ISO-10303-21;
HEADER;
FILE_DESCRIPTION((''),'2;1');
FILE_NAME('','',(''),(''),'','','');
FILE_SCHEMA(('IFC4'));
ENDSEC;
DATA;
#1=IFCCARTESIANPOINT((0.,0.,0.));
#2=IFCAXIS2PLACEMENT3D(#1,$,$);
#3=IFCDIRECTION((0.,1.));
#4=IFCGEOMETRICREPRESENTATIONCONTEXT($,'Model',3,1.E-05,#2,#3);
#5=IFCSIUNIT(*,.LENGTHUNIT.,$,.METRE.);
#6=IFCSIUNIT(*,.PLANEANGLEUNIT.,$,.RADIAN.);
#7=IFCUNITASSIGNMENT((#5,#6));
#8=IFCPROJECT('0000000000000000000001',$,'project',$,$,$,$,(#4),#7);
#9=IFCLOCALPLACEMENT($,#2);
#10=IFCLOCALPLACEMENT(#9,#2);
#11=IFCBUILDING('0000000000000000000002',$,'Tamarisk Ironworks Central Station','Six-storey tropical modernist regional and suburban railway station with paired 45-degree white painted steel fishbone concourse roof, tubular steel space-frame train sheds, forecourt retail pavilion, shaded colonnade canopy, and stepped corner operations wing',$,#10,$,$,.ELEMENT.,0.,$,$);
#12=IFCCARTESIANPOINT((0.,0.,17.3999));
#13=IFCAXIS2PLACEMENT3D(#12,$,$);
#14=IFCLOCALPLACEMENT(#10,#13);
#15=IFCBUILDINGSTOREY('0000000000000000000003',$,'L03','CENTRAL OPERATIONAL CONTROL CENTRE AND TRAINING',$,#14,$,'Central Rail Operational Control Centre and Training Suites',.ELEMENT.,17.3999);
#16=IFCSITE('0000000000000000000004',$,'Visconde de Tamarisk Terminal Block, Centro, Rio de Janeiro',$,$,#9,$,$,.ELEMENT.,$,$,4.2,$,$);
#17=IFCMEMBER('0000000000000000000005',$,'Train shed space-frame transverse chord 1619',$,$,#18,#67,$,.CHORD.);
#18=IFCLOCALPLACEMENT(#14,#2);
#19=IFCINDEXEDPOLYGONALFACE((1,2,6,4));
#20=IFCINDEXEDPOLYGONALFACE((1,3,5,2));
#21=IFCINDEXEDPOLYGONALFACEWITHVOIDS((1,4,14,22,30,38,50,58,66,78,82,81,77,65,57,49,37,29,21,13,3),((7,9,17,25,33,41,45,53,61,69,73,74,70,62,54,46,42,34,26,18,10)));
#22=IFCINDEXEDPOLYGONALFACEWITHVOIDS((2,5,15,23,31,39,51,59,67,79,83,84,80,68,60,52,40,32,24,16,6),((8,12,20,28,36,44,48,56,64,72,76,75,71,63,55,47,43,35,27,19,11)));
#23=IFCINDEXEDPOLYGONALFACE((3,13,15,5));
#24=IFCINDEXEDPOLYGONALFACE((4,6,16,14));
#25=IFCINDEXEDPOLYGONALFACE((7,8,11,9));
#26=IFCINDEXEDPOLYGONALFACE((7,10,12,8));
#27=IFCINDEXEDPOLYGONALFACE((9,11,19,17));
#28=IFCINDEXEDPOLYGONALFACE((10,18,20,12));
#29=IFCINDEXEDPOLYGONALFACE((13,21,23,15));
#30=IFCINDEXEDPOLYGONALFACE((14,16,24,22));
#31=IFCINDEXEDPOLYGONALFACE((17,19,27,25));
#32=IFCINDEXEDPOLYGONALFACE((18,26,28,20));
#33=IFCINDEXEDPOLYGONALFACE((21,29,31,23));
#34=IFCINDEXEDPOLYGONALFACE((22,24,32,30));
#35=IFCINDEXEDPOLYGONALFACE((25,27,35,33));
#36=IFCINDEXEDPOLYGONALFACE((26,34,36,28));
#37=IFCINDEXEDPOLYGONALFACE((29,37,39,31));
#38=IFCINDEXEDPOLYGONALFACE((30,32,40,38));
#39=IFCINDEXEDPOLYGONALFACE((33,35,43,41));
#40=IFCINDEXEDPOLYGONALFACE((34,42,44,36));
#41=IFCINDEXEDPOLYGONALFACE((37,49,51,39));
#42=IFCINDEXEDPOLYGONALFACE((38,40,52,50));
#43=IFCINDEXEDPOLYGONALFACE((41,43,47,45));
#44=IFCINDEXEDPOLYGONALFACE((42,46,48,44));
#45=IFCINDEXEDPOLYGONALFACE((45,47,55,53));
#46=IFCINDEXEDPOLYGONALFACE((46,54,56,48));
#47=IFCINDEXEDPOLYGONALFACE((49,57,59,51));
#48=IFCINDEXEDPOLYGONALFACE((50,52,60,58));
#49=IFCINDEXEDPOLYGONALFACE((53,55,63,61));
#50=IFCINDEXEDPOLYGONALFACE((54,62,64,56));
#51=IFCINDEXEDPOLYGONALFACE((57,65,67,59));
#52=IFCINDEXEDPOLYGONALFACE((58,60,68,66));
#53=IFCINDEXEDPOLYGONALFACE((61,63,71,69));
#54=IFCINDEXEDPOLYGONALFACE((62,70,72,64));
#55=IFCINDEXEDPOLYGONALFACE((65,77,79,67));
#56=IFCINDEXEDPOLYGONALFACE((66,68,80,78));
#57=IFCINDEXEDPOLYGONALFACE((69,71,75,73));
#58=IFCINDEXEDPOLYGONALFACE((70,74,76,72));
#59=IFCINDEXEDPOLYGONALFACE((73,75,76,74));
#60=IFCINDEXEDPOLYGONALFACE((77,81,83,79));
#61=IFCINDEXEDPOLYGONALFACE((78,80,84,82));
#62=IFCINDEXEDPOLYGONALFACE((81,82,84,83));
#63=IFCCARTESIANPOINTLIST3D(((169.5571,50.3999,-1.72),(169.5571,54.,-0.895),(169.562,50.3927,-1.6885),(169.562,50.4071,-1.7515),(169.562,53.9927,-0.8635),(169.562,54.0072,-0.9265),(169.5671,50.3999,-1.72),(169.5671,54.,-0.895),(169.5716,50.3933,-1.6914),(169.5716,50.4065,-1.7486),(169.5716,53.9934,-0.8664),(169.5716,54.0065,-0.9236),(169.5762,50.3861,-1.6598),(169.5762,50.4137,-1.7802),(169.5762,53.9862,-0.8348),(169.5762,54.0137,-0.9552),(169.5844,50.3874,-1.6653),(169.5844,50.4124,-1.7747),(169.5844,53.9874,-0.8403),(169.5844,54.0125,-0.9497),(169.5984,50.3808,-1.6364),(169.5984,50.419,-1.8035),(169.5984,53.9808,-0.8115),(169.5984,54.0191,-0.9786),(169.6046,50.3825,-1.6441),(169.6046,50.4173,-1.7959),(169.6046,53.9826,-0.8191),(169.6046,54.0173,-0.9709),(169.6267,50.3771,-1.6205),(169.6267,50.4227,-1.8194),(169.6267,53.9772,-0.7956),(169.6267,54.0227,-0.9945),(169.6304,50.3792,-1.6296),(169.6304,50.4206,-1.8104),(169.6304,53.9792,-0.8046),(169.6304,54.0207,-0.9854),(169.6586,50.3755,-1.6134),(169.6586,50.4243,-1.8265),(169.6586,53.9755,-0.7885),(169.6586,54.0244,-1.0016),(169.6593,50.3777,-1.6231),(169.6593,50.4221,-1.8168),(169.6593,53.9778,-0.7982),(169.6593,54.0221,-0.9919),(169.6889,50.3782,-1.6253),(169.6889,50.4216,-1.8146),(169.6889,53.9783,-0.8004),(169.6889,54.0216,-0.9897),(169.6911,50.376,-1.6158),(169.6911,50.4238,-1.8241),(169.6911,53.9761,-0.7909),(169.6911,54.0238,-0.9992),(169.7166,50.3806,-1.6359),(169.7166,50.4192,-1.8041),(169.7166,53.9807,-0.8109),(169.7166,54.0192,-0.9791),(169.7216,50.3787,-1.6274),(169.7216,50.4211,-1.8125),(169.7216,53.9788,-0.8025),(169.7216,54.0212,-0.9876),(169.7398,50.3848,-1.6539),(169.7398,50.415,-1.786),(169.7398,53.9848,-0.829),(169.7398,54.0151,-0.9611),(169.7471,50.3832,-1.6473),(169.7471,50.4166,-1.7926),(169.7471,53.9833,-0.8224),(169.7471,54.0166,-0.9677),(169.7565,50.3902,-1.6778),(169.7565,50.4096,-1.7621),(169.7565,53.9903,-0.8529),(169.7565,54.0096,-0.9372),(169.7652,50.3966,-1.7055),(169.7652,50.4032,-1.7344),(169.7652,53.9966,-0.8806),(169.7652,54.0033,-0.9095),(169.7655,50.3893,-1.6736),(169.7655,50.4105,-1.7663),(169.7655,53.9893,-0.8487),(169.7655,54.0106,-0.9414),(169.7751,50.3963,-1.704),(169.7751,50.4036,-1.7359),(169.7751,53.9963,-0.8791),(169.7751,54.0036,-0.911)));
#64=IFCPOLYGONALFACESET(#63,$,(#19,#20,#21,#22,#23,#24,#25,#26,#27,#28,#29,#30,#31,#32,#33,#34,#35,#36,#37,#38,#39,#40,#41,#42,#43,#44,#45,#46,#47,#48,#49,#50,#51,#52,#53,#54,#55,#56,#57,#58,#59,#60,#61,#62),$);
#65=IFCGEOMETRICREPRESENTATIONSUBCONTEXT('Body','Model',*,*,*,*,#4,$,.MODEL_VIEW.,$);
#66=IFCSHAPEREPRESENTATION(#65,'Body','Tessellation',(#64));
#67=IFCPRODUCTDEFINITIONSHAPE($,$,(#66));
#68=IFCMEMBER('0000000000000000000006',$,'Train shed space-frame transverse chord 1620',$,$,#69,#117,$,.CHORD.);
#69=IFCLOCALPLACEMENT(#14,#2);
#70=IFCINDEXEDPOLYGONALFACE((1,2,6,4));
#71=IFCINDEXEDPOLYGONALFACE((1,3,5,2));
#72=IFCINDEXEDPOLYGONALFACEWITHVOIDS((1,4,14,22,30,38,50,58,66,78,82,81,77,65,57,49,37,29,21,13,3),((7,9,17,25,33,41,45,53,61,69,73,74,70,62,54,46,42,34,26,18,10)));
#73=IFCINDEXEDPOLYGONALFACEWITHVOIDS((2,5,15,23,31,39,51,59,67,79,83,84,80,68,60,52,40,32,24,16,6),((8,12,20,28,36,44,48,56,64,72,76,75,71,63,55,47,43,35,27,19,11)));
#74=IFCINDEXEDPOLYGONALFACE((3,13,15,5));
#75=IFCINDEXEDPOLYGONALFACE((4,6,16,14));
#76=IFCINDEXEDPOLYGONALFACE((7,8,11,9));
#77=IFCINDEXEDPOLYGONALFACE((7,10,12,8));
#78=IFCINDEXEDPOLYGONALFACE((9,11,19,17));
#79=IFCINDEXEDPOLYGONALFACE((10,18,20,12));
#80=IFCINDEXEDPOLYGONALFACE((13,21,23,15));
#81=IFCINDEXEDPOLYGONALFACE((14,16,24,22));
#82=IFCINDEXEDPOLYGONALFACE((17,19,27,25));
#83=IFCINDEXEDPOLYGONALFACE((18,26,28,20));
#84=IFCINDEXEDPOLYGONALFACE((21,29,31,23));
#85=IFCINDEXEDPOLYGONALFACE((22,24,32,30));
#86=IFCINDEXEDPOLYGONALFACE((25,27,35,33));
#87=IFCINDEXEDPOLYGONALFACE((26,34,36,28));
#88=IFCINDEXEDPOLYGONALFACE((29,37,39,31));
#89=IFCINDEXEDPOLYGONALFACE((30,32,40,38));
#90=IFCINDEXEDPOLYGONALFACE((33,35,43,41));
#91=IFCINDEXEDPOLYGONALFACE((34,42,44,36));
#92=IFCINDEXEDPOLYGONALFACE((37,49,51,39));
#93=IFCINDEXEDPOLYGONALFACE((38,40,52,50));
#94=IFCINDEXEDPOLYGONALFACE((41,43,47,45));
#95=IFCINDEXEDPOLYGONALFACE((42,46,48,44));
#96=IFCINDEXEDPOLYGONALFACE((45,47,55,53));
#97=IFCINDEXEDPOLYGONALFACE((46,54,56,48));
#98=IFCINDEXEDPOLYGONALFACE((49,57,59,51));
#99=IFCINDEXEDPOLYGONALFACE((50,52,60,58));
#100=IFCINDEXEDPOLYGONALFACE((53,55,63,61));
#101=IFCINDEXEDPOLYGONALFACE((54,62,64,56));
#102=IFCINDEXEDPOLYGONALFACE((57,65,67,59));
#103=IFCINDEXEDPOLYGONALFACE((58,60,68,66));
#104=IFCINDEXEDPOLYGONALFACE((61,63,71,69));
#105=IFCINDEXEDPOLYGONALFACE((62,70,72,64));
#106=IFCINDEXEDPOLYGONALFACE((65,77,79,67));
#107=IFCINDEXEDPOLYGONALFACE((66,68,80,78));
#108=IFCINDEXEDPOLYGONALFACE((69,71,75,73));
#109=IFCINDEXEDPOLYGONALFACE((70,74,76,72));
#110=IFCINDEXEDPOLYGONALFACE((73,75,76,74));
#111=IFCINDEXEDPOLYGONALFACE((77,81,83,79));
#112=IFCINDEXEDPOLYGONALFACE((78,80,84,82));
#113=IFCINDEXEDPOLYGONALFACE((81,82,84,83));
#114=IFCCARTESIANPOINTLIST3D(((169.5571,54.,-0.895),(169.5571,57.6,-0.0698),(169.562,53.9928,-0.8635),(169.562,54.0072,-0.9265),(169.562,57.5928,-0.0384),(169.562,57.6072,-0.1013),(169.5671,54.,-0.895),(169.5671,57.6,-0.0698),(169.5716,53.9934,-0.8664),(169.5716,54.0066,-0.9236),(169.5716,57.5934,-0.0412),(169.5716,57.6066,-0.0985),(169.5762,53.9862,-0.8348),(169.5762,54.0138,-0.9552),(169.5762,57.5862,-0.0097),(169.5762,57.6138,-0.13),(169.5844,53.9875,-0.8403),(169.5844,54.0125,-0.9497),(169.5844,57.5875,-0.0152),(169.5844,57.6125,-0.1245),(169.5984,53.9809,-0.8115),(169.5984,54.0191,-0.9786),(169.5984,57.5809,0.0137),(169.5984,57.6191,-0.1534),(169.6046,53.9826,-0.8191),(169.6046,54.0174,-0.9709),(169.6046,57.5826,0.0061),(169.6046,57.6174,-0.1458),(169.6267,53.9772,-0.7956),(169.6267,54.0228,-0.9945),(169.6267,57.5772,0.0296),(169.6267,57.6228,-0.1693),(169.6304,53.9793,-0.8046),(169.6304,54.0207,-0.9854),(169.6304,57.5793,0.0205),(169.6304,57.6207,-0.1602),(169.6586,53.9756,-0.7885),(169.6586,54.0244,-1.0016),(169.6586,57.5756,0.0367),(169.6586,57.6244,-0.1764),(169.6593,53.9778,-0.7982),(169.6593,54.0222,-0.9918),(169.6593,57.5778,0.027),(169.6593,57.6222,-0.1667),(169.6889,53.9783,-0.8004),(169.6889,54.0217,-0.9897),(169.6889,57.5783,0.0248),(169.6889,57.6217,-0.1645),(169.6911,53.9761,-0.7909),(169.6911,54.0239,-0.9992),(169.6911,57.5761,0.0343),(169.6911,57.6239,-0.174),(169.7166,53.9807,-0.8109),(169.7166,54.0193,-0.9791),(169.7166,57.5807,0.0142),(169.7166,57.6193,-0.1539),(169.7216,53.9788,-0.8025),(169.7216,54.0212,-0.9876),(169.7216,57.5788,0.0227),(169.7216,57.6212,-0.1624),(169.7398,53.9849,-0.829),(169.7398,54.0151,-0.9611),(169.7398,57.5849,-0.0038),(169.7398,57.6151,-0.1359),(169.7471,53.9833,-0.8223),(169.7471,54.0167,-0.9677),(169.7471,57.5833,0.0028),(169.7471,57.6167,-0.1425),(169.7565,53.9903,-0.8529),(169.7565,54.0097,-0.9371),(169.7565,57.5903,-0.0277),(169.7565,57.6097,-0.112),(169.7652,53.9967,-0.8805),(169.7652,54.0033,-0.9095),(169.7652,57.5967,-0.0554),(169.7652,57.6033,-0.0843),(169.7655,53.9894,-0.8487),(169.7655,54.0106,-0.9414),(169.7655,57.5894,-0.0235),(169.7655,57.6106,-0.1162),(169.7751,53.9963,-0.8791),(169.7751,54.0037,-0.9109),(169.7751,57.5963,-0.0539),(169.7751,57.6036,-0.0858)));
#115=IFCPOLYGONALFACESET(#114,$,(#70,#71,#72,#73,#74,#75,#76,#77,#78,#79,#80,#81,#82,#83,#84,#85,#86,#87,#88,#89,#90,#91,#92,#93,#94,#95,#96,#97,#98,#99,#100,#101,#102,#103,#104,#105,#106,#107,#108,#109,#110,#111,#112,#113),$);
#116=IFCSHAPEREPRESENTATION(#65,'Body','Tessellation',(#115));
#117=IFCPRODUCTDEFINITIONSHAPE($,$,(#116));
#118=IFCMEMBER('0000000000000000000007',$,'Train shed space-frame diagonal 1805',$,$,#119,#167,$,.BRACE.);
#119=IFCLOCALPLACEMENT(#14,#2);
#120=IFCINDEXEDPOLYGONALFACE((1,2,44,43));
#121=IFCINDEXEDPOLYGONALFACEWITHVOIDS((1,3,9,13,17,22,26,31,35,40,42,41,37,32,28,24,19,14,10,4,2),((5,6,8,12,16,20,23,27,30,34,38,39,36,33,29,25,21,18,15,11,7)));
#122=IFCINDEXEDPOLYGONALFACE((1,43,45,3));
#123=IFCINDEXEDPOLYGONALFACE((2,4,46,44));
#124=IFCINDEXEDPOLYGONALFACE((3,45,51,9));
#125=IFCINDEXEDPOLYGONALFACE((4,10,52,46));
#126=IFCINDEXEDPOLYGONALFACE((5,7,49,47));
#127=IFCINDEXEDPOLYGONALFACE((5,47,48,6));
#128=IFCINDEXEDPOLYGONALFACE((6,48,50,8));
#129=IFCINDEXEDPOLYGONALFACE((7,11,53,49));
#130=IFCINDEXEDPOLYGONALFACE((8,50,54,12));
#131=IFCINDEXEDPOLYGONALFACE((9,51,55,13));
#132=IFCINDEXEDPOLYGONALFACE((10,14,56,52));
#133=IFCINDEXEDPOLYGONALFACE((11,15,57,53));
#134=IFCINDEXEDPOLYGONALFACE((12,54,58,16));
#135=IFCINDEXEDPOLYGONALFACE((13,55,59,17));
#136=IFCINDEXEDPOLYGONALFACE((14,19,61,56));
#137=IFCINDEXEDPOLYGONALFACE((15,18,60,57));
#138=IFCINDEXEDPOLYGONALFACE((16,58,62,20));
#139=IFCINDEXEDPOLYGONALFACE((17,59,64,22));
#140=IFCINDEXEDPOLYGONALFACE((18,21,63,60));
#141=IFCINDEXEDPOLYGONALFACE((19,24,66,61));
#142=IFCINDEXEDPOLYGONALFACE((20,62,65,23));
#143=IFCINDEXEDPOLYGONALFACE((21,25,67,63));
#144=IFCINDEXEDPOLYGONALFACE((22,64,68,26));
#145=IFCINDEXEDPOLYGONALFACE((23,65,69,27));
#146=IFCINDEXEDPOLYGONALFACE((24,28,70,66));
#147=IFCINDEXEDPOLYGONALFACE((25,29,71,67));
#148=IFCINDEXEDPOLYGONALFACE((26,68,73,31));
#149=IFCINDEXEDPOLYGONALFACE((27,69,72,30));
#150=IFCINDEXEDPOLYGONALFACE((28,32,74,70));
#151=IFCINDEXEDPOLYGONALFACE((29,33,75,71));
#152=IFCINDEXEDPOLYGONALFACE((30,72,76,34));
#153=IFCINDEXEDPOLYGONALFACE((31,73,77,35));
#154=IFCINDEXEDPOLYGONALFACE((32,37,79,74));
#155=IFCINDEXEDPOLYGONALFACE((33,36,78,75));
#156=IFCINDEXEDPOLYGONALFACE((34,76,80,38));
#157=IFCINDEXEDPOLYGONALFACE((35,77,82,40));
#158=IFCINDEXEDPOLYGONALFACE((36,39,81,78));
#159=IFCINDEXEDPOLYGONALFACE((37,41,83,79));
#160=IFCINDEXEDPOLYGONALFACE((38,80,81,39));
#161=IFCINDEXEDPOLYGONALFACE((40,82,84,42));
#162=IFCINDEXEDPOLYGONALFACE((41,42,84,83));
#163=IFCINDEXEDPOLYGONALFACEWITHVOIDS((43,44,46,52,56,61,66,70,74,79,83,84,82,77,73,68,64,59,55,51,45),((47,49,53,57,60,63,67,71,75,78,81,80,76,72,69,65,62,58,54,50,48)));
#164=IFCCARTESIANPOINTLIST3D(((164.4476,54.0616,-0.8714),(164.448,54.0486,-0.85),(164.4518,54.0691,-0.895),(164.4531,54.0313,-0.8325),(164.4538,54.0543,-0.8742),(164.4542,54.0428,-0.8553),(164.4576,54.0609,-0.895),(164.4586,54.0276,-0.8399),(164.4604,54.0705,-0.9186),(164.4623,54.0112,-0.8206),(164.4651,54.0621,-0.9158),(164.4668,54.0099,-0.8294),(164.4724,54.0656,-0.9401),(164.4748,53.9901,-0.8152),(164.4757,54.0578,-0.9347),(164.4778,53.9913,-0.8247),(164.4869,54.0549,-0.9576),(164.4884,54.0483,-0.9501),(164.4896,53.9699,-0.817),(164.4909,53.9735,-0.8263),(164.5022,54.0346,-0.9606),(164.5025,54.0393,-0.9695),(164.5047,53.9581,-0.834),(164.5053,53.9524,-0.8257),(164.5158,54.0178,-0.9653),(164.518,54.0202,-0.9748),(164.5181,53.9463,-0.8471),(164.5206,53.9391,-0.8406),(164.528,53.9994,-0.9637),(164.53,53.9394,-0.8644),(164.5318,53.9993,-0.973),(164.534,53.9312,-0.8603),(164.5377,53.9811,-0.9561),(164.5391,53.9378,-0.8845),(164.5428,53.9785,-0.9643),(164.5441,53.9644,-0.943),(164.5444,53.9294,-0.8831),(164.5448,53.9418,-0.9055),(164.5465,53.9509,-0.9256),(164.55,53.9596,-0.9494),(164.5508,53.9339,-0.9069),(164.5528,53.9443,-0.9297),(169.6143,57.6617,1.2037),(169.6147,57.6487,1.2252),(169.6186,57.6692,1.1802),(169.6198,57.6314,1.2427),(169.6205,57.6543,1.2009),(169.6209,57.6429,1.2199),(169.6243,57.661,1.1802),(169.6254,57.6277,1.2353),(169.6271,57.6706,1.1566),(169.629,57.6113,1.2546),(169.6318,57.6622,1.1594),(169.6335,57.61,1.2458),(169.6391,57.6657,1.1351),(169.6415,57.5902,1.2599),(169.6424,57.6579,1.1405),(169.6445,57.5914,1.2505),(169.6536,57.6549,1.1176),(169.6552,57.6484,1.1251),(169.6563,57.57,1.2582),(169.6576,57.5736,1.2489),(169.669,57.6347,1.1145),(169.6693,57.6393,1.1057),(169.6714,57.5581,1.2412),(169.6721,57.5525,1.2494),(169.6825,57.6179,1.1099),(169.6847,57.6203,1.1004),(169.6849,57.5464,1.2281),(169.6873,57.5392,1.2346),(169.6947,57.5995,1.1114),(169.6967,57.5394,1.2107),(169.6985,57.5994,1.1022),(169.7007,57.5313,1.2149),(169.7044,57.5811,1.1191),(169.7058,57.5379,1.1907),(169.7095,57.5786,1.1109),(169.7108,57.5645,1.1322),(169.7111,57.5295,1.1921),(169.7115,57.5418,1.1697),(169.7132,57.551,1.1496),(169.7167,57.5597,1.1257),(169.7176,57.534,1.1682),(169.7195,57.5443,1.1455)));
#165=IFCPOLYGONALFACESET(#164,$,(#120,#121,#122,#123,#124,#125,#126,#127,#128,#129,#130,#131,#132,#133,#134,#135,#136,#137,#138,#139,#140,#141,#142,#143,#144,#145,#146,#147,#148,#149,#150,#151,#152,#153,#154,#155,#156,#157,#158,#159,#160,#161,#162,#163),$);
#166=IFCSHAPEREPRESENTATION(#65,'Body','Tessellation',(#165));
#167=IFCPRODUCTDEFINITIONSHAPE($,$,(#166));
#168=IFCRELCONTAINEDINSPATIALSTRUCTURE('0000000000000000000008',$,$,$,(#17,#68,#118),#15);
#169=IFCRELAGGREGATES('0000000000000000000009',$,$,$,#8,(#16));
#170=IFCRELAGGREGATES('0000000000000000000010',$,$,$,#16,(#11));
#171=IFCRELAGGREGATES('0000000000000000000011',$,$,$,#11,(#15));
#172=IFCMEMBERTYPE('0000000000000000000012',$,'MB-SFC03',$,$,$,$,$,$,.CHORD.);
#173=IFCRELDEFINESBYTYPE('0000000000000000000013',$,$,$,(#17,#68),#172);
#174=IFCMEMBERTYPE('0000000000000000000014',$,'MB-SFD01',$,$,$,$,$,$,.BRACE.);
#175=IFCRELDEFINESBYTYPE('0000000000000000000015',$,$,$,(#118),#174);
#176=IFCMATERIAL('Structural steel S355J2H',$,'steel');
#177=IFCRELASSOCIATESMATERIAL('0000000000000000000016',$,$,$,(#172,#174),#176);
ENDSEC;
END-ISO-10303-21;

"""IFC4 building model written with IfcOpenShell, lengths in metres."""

from ifc_helpers import new_model, si_unit, direction, frame, origin, origin_2d, place, context, subcontext, project, spatial, hollow_circle, extrude, material, material_profile, profile_set, type_object, element, save


model = new_model("IFC4")

# Units and contexts
model_context = context("Model", 3, precision=1e-05, world=origin(), true_north=direction((0.0, 1.0)))
body_context = subcontext(model_context, "Body", "Model", "MODEL_VIEW")
ifc_project = project(units=[si_unit("LENGTHUNIT", "METRE"), si_unit("PLANEANGLEUNIT", "RADIAN")], contexts=[model_context])

# Site, building, storey
site_placement = place(None, origin())
site = spatial("IfcSite", under=ifc_project, at=site_placement, Name="Visconde de Tamarisk Terminal Block, Centro, Rio de Janeiro", CompositionType="ELEMENT", RefElevation=4.2)
building_placement = place(site_placement, origin())
building = spatial("IfcBuilding", under=site, at=building_placement, Name="Tamarisk Ironworks Central Station", Description="Six-storey tropical modernist regional and suburban railway station with paired 45-degree white painted steel fishbone concourse roof, tubular steel space-frame train sheds, forecourt retail pavilion, shaded colonnade canopy, and stepped corner operations wing", CompositionType="ELEMENT", ElevationOfRefHeight=0.0)
storey_placement = place(building_placement, frame((0.0, 0.0, 17.3999)))
storey = spatial("IfcBuildingStorey", under=building, at=storey_placement, Name="L03", Description="CENTRAL OPERATIONAL CONTROL CENTRE AND TRAINING", LongName="Central Rail Operational Control Centre and Training Suites", CompositionType="ELEMENT", Elevation=17.3999)

# Members
ifc_material_1 = material(Name="Structural steel S355J2H", Category="steel")
ifc_material_profile_1 = material_profile(ifc_material_1, hollow_circle(Radius=0.1096, WallThickness=0.01, at=origin_2d()), Name="CHS 219.1x10")
ifc_profile_set_1 = profile_set([ifc_material_profile_1], Name="Structural steel S355J2H")
member_type_1 = type_object("IfcMemberType", Name="MB-SFC03", PredefinedType="CHORD", material=ifc_profile_set_1)
for number, where, z_axis, x_axis, name in (
    (1, (169.6667, 50.3999, -1.72), (0.0, 0.974737, 0.223358), (-1.0, 0.0, 0.0), "Train shed space-frame transverse chord 1619"),
    (2, (169.6667, 54.0, -0.895), (0.0, 0.974722, 0.223421), (-1.0, 0.0, 0.0), "Train shed space-frame transverse chord 1620"),
):
    element("IfcMember", number, at=place(storey_placement, frame(where, z_axis=z_axis, x_axis=x_axis)), inside=storey, type_object=member_type_1, Name=name, PredefinedType="CHORD", context=body_context, shape_type="SweptSolid", body=[
        extrude(hollow_circle(Radius=0.1096, WallThickness=0.01, at=origin_2d()), origin(), (0.0, 0.0, 1.0), 3.6934),
    ])
ifc_material_profile_2 = material_profile(ifc_material_1, hollow_circle(Radius=0.0842, WallThickness=0.01, at=origin_2d()), Name="CHS 168.3x10")
ifc_profile_set_2 = profile_set([ifc_material_profile_2], Name="Structural steel S355J2H")
member_type_2 = type_object("IfcMemberType", Name="MB-SFD01", PredefinedType="BRACE", material=ifc_profile_set_2)
member_1_placement = place(storey_placement, frame((164.5, 54.0, -0.895), z_axis=(0.779249, 0.542967, 0.312981), x_axis=(-0.571689, 0.82047, 0.0)))
element("IfcMember", 3, at=member_1_placement, inside=storey, type_object=member_type_2, Name="Train shed space-frame diagonal 1805", PredefinedType="BRACE", context=body_context, shape_type="SweptSolid", body=[
    extrude(hollow_circle(Radius=0.0842, WallThickness=0.01, at=origin_2d()), origin(), (0.0, 0.0, 1.0), 6.6304),
])

save(model, "model.ifc")
